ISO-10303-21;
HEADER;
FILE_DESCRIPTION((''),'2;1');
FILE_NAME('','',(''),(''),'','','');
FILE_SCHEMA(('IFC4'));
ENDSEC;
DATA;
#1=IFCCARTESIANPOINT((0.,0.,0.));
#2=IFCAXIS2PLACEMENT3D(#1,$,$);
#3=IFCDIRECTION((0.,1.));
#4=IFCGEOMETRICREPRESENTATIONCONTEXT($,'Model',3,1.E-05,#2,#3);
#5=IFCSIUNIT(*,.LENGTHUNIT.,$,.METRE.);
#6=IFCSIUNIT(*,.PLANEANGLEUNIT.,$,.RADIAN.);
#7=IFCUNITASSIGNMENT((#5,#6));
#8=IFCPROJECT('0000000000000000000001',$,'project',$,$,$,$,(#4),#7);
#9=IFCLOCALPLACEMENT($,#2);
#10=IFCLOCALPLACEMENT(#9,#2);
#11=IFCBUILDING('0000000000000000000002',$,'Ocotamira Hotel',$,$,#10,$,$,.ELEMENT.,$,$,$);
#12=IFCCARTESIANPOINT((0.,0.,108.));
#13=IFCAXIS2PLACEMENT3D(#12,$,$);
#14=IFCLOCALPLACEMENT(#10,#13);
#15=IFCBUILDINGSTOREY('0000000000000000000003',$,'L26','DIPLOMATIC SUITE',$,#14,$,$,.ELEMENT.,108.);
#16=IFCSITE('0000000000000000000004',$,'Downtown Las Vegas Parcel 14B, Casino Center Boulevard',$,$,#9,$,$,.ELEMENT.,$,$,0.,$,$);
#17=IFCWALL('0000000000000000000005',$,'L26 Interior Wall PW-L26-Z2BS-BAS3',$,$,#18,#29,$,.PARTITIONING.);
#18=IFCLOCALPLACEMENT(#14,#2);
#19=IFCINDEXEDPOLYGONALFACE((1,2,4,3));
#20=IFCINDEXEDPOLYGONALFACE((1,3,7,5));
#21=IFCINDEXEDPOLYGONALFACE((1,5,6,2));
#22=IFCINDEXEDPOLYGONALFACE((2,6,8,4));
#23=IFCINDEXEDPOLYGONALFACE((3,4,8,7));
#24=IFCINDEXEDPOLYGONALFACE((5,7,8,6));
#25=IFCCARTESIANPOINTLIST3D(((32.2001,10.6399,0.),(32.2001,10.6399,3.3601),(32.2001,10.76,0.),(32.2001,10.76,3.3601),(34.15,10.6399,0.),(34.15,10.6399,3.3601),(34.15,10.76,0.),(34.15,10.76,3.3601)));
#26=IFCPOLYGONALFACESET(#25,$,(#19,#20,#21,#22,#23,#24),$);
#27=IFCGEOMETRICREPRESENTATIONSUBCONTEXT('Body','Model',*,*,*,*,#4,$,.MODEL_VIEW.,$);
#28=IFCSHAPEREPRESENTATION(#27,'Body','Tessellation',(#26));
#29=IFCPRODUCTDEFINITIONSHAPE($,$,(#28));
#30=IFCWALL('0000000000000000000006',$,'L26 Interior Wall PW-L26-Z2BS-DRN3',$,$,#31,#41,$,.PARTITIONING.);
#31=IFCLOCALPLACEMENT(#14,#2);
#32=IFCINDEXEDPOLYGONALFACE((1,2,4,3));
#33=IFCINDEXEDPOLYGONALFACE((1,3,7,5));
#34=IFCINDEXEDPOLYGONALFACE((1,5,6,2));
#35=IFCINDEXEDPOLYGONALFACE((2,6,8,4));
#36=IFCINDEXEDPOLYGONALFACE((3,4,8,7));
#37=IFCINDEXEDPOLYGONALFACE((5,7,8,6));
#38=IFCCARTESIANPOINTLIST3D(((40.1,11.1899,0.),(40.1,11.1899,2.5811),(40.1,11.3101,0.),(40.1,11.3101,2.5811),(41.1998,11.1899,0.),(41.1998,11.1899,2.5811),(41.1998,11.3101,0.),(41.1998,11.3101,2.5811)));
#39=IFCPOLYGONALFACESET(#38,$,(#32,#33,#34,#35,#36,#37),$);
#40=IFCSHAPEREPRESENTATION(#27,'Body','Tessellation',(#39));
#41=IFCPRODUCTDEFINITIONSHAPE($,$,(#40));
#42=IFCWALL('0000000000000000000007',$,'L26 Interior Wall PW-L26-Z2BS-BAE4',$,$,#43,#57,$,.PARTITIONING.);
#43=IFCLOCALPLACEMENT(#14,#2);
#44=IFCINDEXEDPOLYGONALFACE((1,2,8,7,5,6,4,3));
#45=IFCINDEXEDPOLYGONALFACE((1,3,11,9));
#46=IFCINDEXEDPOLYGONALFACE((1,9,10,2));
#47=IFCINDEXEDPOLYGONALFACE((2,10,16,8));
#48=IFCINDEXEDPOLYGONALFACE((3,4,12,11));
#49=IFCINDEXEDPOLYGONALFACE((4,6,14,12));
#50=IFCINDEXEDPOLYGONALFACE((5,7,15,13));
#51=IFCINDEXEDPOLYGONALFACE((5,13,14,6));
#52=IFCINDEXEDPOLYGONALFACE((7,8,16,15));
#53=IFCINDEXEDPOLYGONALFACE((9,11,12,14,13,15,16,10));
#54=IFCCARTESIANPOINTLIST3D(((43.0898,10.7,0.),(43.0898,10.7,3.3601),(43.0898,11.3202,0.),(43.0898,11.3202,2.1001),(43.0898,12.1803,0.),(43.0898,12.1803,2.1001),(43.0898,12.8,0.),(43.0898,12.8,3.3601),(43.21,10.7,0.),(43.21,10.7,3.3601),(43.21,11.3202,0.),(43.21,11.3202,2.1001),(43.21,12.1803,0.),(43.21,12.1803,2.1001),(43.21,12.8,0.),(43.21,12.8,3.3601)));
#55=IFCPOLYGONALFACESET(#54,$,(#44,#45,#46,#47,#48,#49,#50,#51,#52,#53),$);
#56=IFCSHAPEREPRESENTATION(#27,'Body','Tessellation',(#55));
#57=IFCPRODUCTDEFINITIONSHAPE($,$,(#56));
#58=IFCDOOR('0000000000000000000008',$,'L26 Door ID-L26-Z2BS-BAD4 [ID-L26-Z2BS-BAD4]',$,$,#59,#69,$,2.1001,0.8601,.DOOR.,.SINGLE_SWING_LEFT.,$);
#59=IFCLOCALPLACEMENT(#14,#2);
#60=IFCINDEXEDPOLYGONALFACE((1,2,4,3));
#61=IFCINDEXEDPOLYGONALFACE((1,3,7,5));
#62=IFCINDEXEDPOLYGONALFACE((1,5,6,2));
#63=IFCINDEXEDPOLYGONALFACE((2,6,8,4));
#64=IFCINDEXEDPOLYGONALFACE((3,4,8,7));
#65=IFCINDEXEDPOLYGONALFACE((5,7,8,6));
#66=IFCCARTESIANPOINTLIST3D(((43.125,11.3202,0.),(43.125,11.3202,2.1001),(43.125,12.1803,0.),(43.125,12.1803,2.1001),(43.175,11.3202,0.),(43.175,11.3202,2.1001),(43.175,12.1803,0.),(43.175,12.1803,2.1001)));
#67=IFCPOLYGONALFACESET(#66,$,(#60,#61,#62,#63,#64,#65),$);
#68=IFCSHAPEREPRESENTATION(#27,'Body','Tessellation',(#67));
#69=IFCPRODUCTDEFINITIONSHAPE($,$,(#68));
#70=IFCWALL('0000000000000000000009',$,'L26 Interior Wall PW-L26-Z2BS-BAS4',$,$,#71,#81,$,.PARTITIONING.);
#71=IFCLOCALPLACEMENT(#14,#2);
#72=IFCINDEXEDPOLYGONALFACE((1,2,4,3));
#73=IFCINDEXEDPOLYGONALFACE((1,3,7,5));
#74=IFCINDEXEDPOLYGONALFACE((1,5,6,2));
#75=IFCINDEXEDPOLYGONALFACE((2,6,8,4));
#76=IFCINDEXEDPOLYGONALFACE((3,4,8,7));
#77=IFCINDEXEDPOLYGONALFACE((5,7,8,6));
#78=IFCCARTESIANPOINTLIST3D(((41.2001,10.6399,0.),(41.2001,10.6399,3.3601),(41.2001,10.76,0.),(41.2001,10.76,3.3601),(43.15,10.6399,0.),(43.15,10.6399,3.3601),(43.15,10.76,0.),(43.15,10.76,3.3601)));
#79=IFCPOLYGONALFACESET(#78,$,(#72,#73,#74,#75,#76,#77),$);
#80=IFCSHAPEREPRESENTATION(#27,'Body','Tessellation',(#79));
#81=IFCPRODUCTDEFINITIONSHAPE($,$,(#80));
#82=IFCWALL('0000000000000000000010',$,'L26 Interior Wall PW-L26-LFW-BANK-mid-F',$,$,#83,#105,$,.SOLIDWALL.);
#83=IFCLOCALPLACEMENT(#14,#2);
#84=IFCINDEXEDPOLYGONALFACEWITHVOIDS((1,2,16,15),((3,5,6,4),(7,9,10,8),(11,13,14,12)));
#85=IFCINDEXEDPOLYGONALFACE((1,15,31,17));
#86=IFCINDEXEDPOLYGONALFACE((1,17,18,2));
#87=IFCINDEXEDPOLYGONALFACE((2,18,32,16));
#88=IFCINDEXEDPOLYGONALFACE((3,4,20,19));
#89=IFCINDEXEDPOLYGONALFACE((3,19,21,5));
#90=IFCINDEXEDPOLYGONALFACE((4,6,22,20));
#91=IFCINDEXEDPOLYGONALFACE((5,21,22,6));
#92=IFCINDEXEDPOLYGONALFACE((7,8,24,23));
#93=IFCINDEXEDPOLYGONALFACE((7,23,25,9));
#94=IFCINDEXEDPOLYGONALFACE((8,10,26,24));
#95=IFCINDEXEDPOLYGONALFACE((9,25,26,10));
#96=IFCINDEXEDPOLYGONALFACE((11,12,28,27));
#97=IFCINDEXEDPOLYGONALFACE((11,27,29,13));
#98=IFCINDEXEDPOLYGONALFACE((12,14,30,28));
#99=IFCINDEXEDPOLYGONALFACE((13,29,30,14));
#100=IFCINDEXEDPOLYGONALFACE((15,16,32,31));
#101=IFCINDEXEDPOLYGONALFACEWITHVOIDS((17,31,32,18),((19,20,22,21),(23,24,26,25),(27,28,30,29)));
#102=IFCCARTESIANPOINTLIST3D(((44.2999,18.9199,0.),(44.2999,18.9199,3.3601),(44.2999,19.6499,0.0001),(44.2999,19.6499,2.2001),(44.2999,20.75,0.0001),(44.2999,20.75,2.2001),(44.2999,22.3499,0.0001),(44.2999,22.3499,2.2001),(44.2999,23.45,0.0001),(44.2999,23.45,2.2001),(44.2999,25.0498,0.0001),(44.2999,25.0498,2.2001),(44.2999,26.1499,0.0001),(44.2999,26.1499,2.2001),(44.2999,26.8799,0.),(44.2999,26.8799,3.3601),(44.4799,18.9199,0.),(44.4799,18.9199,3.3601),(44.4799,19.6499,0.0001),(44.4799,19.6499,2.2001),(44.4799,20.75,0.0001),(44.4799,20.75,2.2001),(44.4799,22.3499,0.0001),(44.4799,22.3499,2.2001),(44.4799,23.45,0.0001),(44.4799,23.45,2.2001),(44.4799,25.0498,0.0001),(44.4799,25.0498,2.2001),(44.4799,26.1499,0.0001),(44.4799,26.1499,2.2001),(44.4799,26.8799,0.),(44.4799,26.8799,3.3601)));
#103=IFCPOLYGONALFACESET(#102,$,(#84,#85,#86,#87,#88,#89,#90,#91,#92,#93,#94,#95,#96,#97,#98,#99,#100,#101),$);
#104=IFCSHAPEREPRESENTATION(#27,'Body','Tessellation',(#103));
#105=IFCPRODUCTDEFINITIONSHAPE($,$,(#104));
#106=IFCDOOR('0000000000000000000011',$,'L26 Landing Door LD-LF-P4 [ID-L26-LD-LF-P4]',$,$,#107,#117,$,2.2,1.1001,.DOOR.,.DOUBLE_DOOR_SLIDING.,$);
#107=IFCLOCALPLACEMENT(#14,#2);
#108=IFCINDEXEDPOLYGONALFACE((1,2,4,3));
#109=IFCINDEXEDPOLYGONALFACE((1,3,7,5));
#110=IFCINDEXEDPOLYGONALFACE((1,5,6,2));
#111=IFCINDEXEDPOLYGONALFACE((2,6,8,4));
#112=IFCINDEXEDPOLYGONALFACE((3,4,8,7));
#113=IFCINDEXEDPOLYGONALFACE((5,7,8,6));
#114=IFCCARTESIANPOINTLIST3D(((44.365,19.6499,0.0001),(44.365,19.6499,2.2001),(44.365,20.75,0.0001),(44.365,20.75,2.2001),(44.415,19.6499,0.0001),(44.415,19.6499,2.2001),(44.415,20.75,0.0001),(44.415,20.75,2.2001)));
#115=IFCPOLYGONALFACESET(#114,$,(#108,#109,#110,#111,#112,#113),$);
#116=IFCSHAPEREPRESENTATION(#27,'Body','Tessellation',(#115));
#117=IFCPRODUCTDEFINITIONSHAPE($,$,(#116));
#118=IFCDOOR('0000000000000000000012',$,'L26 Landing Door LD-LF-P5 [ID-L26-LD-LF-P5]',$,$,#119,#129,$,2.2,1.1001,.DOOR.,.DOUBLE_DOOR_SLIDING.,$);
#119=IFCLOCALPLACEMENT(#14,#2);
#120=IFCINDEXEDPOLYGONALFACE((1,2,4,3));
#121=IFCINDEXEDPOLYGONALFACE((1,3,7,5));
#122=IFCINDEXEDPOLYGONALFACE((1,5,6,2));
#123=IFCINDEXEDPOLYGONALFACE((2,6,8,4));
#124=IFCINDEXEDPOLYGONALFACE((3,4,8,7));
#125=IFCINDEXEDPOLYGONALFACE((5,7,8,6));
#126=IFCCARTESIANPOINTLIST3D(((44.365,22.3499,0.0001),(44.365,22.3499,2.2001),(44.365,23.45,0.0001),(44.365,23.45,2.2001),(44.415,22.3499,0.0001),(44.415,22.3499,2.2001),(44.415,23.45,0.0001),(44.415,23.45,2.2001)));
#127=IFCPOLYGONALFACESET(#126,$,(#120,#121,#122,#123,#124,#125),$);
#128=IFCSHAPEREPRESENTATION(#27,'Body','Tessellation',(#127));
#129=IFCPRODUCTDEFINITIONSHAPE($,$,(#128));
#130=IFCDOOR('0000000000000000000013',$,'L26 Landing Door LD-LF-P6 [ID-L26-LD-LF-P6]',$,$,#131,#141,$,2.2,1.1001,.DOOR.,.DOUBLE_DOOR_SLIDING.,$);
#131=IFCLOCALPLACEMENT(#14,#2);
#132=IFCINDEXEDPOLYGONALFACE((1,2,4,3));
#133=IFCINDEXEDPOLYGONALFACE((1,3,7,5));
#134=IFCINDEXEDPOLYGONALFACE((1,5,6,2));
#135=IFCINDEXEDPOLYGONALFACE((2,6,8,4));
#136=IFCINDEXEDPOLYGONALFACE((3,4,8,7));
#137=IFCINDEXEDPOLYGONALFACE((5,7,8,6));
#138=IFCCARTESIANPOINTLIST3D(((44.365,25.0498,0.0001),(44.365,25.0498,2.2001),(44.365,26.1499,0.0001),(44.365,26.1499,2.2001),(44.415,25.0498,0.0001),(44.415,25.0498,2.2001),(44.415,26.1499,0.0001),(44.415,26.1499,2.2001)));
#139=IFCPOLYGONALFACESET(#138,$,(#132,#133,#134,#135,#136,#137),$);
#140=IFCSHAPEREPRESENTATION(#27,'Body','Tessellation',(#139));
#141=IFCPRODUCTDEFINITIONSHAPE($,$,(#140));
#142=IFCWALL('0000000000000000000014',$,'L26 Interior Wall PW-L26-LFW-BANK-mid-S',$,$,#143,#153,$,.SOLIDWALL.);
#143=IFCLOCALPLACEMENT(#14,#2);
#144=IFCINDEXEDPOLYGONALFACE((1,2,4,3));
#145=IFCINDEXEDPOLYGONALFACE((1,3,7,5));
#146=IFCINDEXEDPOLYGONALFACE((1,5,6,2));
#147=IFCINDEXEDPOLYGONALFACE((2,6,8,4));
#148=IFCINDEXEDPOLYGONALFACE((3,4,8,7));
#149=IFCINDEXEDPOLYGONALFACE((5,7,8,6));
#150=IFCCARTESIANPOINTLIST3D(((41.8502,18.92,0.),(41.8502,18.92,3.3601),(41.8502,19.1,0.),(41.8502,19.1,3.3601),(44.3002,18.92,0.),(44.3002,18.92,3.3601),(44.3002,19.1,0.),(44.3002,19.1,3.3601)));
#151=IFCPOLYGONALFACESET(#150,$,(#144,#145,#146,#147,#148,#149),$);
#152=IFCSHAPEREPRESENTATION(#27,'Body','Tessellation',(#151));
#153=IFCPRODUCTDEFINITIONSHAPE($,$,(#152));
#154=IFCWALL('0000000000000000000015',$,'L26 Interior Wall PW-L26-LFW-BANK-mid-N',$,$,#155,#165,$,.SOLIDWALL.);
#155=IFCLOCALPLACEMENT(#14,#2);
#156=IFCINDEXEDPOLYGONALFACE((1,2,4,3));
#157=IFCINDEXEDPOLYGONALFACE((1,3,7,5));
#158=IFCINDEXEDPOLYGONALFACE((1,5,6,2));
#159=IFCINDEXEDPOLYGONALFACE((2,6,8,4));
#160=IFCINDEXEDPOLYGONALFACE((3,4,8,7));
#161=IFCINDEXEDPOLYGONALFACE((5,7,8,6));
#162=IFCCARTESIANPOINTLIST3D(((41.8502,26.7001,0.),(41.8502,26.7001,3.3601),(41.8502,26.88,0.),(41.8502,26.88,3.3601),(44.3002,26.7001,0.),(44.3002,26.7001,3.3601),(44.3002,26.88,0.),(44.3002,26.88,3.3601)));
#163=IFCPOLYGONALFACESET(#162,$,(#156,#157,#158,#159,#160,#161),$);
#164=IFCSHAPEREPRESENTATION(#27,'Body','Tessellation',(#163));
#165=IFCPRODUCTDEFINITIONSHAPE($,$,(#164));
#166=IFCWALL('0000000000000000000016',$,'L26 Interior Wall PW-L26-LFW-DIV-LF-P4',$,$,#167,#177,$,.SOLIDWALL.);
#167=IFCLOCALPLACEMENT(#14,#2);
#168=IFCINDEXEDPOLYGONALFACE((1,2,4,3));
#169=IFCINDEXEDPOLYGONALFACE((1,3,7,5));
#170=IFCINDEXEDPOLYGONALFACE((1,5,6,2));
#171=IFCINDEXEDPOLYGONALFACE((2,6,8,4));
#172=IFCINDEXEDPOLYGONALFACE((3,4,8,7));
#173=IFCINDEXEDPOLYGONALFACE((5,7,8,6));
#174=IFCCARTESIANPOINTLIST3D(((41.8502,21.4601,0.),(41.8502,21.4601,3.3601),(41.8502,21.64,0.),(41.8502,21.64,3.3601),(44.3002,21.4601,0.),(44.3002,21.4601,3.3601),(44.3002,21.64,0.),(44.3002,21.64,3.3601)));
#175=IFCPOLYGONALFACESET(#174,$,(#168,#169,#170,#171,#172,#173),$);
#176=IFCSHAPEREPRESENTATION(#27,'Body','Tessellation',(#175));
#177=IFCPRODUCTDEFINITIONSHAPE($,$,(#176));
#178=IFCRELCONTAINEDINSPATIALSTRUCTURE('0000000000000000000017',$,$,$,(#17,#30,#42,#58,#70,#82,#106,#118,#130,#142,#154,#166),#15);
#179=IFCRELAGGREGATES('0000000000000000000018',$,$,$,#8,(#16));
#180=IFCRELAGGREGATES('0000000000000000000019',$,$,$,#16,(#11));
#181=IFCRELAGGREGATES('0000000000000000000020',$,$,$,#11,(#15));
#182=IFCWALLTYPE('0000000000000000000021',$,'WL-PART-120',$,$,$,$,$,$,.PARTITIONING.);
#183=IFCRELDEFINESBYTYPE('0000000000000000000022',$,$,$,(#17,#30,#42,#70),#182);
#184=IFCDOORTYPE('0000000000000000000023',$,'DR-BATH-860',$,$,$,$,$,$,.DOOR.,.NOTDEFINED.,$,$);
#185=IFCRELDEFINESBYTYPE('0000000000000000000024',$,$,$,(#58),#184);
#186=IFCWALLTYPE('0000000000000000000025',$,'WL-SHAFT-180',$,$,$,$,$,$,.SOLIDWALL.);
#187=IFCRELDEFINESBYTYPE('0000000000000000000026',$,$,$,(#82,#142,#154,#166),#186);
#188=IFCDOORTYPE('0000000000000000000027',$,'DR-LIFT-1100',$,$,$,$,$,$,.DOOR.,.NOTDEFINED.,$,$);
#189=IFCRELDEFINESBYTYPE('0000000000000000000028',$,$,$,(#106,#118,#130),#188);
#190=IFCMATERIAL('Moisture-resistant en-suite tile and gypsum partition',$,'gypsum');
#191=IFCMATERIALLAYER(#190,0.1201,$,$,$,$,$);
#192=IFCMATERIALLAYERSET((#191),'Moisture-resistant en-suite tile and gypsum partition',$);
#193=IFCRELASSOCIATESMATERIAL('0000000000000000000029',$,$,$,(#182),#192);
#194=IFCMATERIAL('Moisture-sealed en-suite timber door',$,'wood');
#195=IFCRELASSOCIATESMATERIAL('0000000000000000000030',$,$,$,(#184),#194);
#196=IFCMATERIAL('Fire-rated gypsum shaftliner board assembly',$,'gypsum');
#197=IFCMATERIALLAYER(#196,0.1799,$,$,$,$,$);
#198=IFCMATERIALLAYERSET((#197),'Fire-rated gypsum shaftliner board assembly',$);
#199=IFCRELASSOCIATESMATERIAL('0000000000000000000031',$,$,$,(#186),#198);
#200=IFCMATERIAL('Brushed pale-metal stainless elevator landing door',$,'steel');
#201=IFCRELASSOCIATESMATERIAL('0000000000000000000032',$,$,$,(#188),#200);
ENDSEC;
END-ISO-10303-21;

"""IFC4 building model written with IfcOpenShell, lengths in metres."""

from ifc_helpers import new_model, si_unit, direction, frame, frame_2d, origin, place, context, subcontext, project, spatial, rectangle, extrude, source, transform, mapped, material, layer, layer_set, type_object, element, fill, save


model = new_model("IFC4")

# Units and contexts
model_context = context("Model", 3, precision=1e-05, world=origin(), true_north=direction((0.0, 1.0)))
body_context = subcontext(model_context, "Body", "Model", "MODEL_VIEW")
ifc_project = project(units=[si_unit("LENGTHUNIT", "METRE"), si_unit("PLANEANGLEUNIT", "RADIAN")], contexts=[model_context])

# Site, building, storey
site_placement = place(None, origin())
site = spatial("IfcSite", under=ifc_project, at=site_placement, Name="Downtown Las Vegas Parcel 14B, Casino Center Boulevard", CompositionType="ELEMENT", RefElevation=0.0)
building_placement = place(site_placement, origin())
building = spatial("IfcBuilding", under=site, at=building_placement, Name="Ocotamira Hotel", CompositionType="ELEMENT")
storey_placement = place(building_placement, frame((0.0, 0.0, 108.0)))
storey = spatial("IfcBuildingStorey", under=building, at=storey_placement, Name="L26", Description="DIPLOMATIC SUITE", CompositionType="ELEMENT", Elevation=108.0)

# Shared definitions
ifc_material_1 = material(Name="Moisture-resistant en-suite tile and gypsum partition", Category="gypsum")
ifc_layer_1 = layer(ifc_material_1, 0.1201)
ifc_layer_set_1 = layer_set([ifc_layer_1], Name="Moisture-resistant en-suite tile and gypsum partition")
wall_type_1 = type_object("IfcWallType", Name="WL-PART-120", PredefinedType="PARTITIONING", material=ifc_layer_set_1)

# Shared definitions
ifc_material_2 = material(Name="Moisture-sealed en-suite timber door", Category="wood")
door_type_1 = type_object("IfcDoorType", Name="DR-BATH-860", OperationType="NOTDEFINED", PredefinedType="DOOR", material=ifc_material_2)
shared_shape_1 = source(origin(), body_context, "Body", "SweptSolid", [
    extrude(rectangle(XDim=0.8601, YDim=2.1001, at=frame_2d((0.4302, 1.05))), frame((0.0, 0.0249, 0.0), z_axis=(0.0, -1.0, 0.0), x_axis=(1.0, 0.0, 0.0)), (0.0, 0.0, 1.0), 0.05),
])

# Walls
wall_1_placement = place(storey_placement, frame((32.2, 10.7, 0.0), z_axis=(0.0, 0.0, 1.0), x_axis=(1.0, 0.0, 0.0)))
element("IfcWall", 1, at=wall_1_placement, inside=storey, type_object=wall_type_1, Name="L26 Interior Wall PW-L26-Z2BS-BAS3", PredefinedType="PARTITIONING", context=body_context, shape_type="SweptSolid", body=[
    extrude(rectangle(XDim=1.95, YDim=0.1201, at=frame_2d((0.9751, 0.0))), origin(), (0.0, 0.0, 1.0), 3.3601),
])
wall_2_placement = place(storey_placement, frame((40.1001, 11.25, 0.0), z_axis=(0.0, 0.0, 1.0), x_axis=(1.0, 0.0, 0.0)))
element("IfcWall", 2, at=wall_2_placement, inside=storey, type_object=wall_type_1, Name="L26 Interior Wall PW-L26-Z2BS-DRN3", PredefinedType="PARTITIONING", context=body_context, shape_type="SweptSolid", body=[
    extrude(rectangle(XDim=1.0999, YDim=0.1201, at=frame_2d((0.5498, 0.0))), origin(), (0.0, 0.0, 1.0), 2.5811),
])

# Wall, opening, door
wall_3_placement = place(storey_placement, frame((43.1499, 10.7, 0.0), z_axis=(0.0, 0.0, 1.0), x_axis=(0.0, 1.0, 0.0)))
wall_3 = element("IfcWall", 3, at=wall_3_placement, inside=storey, type_object=wall_type_1, Name="L26 Interior Wall PW-L26-Z2BS-BAE4", PredefinedType="PARTITIONING", context=body_context, shape_type="SweptSolid", body=[
    extrude(rectangle(XDim=2.1001, YDim=0.1201, at=frame_2d((1.05, 0.0))), origin(), (0.0, 0.0, 1.0), 3.3601),
])
opening_1_placement = place(wall_3_placement, frame((0.6201, 0.0, 0.0)))
opening_1 = element("IfcOpeningElement", 4, at=opening_1_placement, cuts=wall_3, PredefinedType="OPENING", context=body_context, shape_type="SweptSolid", body=[
    extrude(rectangle(XDim=0.8601, YDim=2.1001, at=frame_2d((0.4302, 1.05))), frame((0.0, 0.0701, 0.0), z_axis=(0.0, -1.0, 0.0), x_axis=(1.0, 0.0, 0.0)), (0.0, 0.0, 1.0), 0.1401),
])
door_1_placement = place(opening_1_placement, origin())
door_1 = element("IfcDoor", 5, at=door_1_placement, inside=storey, type_object=door_type_1, Name="L26 Door ID-L26-Z2BS-BAD4 [ID-L26-Z2BS-BAD4]", OperationType="SINGLE_SWING_LEFT", OverallHeight=2.1001, OverallWidth=0.8601, PredefinedType="DOOR", context=body_context, shape_type="MappedRepresentation", body=[
    mapped(shared_shape_1, transform((0.0, 0.0, 0.0), scale=1.0)),
])
fill(opening_1, door_1)

# Wall
wall_4_placement = place(storey_placement, frame((41.2, 10.7, 0.0), z_axis=(0.0, 0.0, 1.0), x_axis=(1.0, 0.0, 0.0)))
element("IfcWall", 6, at=wall_4_placement, inside=storey, type_object=wall_type_1, Name="L26 Interior Wall PW-L26-Z2BS-BAS4", PredefinedType="PARTITIONING", context=body_context, shape_type="SweptSolid", body=[
    extrude(rectangle(XDim=1.95, YDim=0.1201, at=frame_2d((0.9751, 0.0))), origin(), (0.0, 0.0, 1.0), 3.3601),
])

# Wall, openings, doors
ifc_material_3 = material(Name="Fire-rated gypsum shaftliner board assembly", Category="gypsum")
ifc_layer_2 = layer(ifc_material_3, 0.1799)
ifc_layer_set_2 = layer_set([ifc_layer_2], Name="Fire-rated gypsum shaftliner board assembly")
wall_type_2 = type_object("IfcWallType", Name="WL-SHAFT-180", PredefinedType="SOLIDWALL", material=ifc_layer_set_2)
wall_5_placement = place(storey_placement, frame((44.3899, 18.9199, 0.0), z_axis=(0.0, 0.0, 1.0), x_axis=(0.0, 1.0, 0.0)))
wall_5 = element("IfcWall", 7, at=wall_5_placement, inside=storey, type_object=wall_type_2, Name="L26 Interior Wall PW-L26-LFW-BANK-mid-F", PredefinedType="SOLIDWALL", context=body_context, shape_type="SweptSolid", body=[
    extrude(rectangle(XDim=7.96, YDim=0.1799, at=frame_2d((3.98, 0.0))), origin(), (0.0, 0.0, 1.0), 3.3601),
])
opening_2_placement = place(wall_5_placement, frame((0.73, 0.0, 0.0)))
opening_2 = element("IfcOpeningElement", 8, at=opening_2_placement, cuts=wall_5, PredefinedType="OPENING", context=body_context, shape_type="SweptSolid", body=[
    extrude(rectangle(XDim=1.1001, YDim=2.2, at=frame_2d((0.55, 1.1001))), frame((0.0, 0.1001, 0.0), z_axis=(0.0, -1.0, 0.0), x_axis=(1.0, 0.0, 0.0)), (0.0, 0.0, 1.0), 0.2),
])
opening_3_placement = place(wall_5_placement, frame((3.4299, 0.0, 0.0)))
opening_3 = element("IfcOpeningElement", 9, at=opening_3_placement, cuts=wall_5, PredefinedType="OPENING", context=body_context, shape_type="SweptSolid", body=[
    extrude(rectangle(XDim=1.1001, YDim=2.2, at=frame_2d((0.55, 1.1001))), frame((0.0, 0.1001, 0.0), z_axis=(0.0, -1.0, 0.0), x_axis=(1.0, 0.0, 0.0)), (0.0, 0.0, 1.0), 0.2),
])
opening_4_placement = place(wall_5_placement, frame((6.1299, 0.0, 0.0)))
opening_4 = element("IfcOpeningElement", 10, at=opening_4_placement, cuts=wall_5, PredefinedType="OPENING", context=body_context, shape_type="SweptSolid", body=[
    extrude(rectangle(XDim=1.1001, YDim=2.2, at=frame_2d((0.55, 1.1001))), frame((0.0, 0.1001, 0.0), z_axis=(0.0, -1.0, 0.0), x_axis=(1.0, 0.0, 0.0)), (0.0, 0.0, 1.0), 0.2),
])
ifc_material_4 = material(Name="Brushed pale-metal stainless elevator landing door", Category="steel")
door_type_2 = type_object("IfcDoorType", Name="DR-LIFT-1100", OperationType="NOTDEFINED", PredefinedType="DOOR", material=ifc_material_4)
shared_shape_2 = source(origin(), body_context, "Body", "SweptSolid", [
    extrude(rectangle(XDim=1.1001, YDim=2.2, at=frame_2d((0.55, 1.1001))), frame((0.0, 0.0249, 0.0), z_axis=(0.0, -1.0, 0.0), x_axis=(1.0, 0.0, 0.0)), (0.0, 0.0, 1.0), 0.05),
])
door_2_placement = place(opening_2_placement, origin())
door_2 = element("IfcDoor", 11, at=door_2_placement, inside=storey, type_object=door_type_2, Name="L26 Landing Door LD-LF-P4 [ID-L26-LD-LF-P4]", OperationType="DOUBLE_DOOR_SLIDING", OverallHeight=2.2, OverallWidth=1.1001, PredefinedType="DOOR", context=body_context, shape_type="MappedRepresentation", body=[
    mapped(shared_shape_2, transform((0.0, 0.0, 0.0), scale=1.0)),
])
fill(opening_2, door_2)
door_3_placement = place(opening_3_placement, origin())
door_3 = element("IfcDoor", 12, at=door_3_placement, inside=storey, type_object=door_type_2, Name="L26 Landing Door LD-LF-P5 [ID-L26-LD-LF-P5]", OperationType="DOUBLE_DOOR_SLIDING", OverallHeight=2.2, OverallWidth=1.1001, PredefinedType="DOOR", context=body_context, shape_type="MappedRepresentation", body=[
    mapped(shared_shape_2, transform((0.0, 0.0, 0.0), scale=1.0)),
])
fill(opening_3, door_3)
door_4_placement = place(opening_4_placement, origin())
door_4 = element("IfcDoor", 13, at=door_4_placement, inside=storey, type_object=door_type_2, Name="L26 Landing Door LD-LF-P6 [ID-L26-LD-LF-P6]", OperationType="DOUBLE_DOOR_SLIDING", OverallHeight=2.2, OverallWidth=1.1001, PredefinedType="DOOR", context=body_context, shape_type="MappedRepresentation", body=[
    mapped(shared_shape_2, transform((0.0, 0.0, 0.0), scale=1.0)),
])
fill(opening_4, door_4)

# Walls
for number, where, z_axis, x_axis, name in (
    (14, (41.8501, 19.01, 0.0), (0.0, 0.0, 1.0), (1.0, 0.0, 0.0), "L26 Interior Wall PW-L26-LFW-BANK-mid-S"),
    (15, (41.8501, 26.79, 0.0), (0.0, 0.0, 1.0), (1.0, 0.0, 0.0), "L26 Interior Wall PW-L26-LFW-BANK-mid-N"),
    (16, (41.8501, 21.55, 0.0), (0.0, 0.0, 1.0), (1.0, 0.0, 0.0), "L26 Interior Wall PW-L26-LFW-DIV-LF-P4"),
):
    element("IfcWall", number, at=place(storey_placement, frame(where, z_axis=z_axis, x_axis=x_axis)), inside=storey, type_object=wall_type_2, Name=name, PredefinedType="SOLIDWALL", context=body_context, shape_type="SweptSolid", body=[
        extrude(rectangle(XDim=2.45, YDim=0.1799, at=frame_2d((1.2251, 0.0))), origin(), (0.0, 0.0, 1.0), 3.3601),
    ])

save(model, "model.ifc")
